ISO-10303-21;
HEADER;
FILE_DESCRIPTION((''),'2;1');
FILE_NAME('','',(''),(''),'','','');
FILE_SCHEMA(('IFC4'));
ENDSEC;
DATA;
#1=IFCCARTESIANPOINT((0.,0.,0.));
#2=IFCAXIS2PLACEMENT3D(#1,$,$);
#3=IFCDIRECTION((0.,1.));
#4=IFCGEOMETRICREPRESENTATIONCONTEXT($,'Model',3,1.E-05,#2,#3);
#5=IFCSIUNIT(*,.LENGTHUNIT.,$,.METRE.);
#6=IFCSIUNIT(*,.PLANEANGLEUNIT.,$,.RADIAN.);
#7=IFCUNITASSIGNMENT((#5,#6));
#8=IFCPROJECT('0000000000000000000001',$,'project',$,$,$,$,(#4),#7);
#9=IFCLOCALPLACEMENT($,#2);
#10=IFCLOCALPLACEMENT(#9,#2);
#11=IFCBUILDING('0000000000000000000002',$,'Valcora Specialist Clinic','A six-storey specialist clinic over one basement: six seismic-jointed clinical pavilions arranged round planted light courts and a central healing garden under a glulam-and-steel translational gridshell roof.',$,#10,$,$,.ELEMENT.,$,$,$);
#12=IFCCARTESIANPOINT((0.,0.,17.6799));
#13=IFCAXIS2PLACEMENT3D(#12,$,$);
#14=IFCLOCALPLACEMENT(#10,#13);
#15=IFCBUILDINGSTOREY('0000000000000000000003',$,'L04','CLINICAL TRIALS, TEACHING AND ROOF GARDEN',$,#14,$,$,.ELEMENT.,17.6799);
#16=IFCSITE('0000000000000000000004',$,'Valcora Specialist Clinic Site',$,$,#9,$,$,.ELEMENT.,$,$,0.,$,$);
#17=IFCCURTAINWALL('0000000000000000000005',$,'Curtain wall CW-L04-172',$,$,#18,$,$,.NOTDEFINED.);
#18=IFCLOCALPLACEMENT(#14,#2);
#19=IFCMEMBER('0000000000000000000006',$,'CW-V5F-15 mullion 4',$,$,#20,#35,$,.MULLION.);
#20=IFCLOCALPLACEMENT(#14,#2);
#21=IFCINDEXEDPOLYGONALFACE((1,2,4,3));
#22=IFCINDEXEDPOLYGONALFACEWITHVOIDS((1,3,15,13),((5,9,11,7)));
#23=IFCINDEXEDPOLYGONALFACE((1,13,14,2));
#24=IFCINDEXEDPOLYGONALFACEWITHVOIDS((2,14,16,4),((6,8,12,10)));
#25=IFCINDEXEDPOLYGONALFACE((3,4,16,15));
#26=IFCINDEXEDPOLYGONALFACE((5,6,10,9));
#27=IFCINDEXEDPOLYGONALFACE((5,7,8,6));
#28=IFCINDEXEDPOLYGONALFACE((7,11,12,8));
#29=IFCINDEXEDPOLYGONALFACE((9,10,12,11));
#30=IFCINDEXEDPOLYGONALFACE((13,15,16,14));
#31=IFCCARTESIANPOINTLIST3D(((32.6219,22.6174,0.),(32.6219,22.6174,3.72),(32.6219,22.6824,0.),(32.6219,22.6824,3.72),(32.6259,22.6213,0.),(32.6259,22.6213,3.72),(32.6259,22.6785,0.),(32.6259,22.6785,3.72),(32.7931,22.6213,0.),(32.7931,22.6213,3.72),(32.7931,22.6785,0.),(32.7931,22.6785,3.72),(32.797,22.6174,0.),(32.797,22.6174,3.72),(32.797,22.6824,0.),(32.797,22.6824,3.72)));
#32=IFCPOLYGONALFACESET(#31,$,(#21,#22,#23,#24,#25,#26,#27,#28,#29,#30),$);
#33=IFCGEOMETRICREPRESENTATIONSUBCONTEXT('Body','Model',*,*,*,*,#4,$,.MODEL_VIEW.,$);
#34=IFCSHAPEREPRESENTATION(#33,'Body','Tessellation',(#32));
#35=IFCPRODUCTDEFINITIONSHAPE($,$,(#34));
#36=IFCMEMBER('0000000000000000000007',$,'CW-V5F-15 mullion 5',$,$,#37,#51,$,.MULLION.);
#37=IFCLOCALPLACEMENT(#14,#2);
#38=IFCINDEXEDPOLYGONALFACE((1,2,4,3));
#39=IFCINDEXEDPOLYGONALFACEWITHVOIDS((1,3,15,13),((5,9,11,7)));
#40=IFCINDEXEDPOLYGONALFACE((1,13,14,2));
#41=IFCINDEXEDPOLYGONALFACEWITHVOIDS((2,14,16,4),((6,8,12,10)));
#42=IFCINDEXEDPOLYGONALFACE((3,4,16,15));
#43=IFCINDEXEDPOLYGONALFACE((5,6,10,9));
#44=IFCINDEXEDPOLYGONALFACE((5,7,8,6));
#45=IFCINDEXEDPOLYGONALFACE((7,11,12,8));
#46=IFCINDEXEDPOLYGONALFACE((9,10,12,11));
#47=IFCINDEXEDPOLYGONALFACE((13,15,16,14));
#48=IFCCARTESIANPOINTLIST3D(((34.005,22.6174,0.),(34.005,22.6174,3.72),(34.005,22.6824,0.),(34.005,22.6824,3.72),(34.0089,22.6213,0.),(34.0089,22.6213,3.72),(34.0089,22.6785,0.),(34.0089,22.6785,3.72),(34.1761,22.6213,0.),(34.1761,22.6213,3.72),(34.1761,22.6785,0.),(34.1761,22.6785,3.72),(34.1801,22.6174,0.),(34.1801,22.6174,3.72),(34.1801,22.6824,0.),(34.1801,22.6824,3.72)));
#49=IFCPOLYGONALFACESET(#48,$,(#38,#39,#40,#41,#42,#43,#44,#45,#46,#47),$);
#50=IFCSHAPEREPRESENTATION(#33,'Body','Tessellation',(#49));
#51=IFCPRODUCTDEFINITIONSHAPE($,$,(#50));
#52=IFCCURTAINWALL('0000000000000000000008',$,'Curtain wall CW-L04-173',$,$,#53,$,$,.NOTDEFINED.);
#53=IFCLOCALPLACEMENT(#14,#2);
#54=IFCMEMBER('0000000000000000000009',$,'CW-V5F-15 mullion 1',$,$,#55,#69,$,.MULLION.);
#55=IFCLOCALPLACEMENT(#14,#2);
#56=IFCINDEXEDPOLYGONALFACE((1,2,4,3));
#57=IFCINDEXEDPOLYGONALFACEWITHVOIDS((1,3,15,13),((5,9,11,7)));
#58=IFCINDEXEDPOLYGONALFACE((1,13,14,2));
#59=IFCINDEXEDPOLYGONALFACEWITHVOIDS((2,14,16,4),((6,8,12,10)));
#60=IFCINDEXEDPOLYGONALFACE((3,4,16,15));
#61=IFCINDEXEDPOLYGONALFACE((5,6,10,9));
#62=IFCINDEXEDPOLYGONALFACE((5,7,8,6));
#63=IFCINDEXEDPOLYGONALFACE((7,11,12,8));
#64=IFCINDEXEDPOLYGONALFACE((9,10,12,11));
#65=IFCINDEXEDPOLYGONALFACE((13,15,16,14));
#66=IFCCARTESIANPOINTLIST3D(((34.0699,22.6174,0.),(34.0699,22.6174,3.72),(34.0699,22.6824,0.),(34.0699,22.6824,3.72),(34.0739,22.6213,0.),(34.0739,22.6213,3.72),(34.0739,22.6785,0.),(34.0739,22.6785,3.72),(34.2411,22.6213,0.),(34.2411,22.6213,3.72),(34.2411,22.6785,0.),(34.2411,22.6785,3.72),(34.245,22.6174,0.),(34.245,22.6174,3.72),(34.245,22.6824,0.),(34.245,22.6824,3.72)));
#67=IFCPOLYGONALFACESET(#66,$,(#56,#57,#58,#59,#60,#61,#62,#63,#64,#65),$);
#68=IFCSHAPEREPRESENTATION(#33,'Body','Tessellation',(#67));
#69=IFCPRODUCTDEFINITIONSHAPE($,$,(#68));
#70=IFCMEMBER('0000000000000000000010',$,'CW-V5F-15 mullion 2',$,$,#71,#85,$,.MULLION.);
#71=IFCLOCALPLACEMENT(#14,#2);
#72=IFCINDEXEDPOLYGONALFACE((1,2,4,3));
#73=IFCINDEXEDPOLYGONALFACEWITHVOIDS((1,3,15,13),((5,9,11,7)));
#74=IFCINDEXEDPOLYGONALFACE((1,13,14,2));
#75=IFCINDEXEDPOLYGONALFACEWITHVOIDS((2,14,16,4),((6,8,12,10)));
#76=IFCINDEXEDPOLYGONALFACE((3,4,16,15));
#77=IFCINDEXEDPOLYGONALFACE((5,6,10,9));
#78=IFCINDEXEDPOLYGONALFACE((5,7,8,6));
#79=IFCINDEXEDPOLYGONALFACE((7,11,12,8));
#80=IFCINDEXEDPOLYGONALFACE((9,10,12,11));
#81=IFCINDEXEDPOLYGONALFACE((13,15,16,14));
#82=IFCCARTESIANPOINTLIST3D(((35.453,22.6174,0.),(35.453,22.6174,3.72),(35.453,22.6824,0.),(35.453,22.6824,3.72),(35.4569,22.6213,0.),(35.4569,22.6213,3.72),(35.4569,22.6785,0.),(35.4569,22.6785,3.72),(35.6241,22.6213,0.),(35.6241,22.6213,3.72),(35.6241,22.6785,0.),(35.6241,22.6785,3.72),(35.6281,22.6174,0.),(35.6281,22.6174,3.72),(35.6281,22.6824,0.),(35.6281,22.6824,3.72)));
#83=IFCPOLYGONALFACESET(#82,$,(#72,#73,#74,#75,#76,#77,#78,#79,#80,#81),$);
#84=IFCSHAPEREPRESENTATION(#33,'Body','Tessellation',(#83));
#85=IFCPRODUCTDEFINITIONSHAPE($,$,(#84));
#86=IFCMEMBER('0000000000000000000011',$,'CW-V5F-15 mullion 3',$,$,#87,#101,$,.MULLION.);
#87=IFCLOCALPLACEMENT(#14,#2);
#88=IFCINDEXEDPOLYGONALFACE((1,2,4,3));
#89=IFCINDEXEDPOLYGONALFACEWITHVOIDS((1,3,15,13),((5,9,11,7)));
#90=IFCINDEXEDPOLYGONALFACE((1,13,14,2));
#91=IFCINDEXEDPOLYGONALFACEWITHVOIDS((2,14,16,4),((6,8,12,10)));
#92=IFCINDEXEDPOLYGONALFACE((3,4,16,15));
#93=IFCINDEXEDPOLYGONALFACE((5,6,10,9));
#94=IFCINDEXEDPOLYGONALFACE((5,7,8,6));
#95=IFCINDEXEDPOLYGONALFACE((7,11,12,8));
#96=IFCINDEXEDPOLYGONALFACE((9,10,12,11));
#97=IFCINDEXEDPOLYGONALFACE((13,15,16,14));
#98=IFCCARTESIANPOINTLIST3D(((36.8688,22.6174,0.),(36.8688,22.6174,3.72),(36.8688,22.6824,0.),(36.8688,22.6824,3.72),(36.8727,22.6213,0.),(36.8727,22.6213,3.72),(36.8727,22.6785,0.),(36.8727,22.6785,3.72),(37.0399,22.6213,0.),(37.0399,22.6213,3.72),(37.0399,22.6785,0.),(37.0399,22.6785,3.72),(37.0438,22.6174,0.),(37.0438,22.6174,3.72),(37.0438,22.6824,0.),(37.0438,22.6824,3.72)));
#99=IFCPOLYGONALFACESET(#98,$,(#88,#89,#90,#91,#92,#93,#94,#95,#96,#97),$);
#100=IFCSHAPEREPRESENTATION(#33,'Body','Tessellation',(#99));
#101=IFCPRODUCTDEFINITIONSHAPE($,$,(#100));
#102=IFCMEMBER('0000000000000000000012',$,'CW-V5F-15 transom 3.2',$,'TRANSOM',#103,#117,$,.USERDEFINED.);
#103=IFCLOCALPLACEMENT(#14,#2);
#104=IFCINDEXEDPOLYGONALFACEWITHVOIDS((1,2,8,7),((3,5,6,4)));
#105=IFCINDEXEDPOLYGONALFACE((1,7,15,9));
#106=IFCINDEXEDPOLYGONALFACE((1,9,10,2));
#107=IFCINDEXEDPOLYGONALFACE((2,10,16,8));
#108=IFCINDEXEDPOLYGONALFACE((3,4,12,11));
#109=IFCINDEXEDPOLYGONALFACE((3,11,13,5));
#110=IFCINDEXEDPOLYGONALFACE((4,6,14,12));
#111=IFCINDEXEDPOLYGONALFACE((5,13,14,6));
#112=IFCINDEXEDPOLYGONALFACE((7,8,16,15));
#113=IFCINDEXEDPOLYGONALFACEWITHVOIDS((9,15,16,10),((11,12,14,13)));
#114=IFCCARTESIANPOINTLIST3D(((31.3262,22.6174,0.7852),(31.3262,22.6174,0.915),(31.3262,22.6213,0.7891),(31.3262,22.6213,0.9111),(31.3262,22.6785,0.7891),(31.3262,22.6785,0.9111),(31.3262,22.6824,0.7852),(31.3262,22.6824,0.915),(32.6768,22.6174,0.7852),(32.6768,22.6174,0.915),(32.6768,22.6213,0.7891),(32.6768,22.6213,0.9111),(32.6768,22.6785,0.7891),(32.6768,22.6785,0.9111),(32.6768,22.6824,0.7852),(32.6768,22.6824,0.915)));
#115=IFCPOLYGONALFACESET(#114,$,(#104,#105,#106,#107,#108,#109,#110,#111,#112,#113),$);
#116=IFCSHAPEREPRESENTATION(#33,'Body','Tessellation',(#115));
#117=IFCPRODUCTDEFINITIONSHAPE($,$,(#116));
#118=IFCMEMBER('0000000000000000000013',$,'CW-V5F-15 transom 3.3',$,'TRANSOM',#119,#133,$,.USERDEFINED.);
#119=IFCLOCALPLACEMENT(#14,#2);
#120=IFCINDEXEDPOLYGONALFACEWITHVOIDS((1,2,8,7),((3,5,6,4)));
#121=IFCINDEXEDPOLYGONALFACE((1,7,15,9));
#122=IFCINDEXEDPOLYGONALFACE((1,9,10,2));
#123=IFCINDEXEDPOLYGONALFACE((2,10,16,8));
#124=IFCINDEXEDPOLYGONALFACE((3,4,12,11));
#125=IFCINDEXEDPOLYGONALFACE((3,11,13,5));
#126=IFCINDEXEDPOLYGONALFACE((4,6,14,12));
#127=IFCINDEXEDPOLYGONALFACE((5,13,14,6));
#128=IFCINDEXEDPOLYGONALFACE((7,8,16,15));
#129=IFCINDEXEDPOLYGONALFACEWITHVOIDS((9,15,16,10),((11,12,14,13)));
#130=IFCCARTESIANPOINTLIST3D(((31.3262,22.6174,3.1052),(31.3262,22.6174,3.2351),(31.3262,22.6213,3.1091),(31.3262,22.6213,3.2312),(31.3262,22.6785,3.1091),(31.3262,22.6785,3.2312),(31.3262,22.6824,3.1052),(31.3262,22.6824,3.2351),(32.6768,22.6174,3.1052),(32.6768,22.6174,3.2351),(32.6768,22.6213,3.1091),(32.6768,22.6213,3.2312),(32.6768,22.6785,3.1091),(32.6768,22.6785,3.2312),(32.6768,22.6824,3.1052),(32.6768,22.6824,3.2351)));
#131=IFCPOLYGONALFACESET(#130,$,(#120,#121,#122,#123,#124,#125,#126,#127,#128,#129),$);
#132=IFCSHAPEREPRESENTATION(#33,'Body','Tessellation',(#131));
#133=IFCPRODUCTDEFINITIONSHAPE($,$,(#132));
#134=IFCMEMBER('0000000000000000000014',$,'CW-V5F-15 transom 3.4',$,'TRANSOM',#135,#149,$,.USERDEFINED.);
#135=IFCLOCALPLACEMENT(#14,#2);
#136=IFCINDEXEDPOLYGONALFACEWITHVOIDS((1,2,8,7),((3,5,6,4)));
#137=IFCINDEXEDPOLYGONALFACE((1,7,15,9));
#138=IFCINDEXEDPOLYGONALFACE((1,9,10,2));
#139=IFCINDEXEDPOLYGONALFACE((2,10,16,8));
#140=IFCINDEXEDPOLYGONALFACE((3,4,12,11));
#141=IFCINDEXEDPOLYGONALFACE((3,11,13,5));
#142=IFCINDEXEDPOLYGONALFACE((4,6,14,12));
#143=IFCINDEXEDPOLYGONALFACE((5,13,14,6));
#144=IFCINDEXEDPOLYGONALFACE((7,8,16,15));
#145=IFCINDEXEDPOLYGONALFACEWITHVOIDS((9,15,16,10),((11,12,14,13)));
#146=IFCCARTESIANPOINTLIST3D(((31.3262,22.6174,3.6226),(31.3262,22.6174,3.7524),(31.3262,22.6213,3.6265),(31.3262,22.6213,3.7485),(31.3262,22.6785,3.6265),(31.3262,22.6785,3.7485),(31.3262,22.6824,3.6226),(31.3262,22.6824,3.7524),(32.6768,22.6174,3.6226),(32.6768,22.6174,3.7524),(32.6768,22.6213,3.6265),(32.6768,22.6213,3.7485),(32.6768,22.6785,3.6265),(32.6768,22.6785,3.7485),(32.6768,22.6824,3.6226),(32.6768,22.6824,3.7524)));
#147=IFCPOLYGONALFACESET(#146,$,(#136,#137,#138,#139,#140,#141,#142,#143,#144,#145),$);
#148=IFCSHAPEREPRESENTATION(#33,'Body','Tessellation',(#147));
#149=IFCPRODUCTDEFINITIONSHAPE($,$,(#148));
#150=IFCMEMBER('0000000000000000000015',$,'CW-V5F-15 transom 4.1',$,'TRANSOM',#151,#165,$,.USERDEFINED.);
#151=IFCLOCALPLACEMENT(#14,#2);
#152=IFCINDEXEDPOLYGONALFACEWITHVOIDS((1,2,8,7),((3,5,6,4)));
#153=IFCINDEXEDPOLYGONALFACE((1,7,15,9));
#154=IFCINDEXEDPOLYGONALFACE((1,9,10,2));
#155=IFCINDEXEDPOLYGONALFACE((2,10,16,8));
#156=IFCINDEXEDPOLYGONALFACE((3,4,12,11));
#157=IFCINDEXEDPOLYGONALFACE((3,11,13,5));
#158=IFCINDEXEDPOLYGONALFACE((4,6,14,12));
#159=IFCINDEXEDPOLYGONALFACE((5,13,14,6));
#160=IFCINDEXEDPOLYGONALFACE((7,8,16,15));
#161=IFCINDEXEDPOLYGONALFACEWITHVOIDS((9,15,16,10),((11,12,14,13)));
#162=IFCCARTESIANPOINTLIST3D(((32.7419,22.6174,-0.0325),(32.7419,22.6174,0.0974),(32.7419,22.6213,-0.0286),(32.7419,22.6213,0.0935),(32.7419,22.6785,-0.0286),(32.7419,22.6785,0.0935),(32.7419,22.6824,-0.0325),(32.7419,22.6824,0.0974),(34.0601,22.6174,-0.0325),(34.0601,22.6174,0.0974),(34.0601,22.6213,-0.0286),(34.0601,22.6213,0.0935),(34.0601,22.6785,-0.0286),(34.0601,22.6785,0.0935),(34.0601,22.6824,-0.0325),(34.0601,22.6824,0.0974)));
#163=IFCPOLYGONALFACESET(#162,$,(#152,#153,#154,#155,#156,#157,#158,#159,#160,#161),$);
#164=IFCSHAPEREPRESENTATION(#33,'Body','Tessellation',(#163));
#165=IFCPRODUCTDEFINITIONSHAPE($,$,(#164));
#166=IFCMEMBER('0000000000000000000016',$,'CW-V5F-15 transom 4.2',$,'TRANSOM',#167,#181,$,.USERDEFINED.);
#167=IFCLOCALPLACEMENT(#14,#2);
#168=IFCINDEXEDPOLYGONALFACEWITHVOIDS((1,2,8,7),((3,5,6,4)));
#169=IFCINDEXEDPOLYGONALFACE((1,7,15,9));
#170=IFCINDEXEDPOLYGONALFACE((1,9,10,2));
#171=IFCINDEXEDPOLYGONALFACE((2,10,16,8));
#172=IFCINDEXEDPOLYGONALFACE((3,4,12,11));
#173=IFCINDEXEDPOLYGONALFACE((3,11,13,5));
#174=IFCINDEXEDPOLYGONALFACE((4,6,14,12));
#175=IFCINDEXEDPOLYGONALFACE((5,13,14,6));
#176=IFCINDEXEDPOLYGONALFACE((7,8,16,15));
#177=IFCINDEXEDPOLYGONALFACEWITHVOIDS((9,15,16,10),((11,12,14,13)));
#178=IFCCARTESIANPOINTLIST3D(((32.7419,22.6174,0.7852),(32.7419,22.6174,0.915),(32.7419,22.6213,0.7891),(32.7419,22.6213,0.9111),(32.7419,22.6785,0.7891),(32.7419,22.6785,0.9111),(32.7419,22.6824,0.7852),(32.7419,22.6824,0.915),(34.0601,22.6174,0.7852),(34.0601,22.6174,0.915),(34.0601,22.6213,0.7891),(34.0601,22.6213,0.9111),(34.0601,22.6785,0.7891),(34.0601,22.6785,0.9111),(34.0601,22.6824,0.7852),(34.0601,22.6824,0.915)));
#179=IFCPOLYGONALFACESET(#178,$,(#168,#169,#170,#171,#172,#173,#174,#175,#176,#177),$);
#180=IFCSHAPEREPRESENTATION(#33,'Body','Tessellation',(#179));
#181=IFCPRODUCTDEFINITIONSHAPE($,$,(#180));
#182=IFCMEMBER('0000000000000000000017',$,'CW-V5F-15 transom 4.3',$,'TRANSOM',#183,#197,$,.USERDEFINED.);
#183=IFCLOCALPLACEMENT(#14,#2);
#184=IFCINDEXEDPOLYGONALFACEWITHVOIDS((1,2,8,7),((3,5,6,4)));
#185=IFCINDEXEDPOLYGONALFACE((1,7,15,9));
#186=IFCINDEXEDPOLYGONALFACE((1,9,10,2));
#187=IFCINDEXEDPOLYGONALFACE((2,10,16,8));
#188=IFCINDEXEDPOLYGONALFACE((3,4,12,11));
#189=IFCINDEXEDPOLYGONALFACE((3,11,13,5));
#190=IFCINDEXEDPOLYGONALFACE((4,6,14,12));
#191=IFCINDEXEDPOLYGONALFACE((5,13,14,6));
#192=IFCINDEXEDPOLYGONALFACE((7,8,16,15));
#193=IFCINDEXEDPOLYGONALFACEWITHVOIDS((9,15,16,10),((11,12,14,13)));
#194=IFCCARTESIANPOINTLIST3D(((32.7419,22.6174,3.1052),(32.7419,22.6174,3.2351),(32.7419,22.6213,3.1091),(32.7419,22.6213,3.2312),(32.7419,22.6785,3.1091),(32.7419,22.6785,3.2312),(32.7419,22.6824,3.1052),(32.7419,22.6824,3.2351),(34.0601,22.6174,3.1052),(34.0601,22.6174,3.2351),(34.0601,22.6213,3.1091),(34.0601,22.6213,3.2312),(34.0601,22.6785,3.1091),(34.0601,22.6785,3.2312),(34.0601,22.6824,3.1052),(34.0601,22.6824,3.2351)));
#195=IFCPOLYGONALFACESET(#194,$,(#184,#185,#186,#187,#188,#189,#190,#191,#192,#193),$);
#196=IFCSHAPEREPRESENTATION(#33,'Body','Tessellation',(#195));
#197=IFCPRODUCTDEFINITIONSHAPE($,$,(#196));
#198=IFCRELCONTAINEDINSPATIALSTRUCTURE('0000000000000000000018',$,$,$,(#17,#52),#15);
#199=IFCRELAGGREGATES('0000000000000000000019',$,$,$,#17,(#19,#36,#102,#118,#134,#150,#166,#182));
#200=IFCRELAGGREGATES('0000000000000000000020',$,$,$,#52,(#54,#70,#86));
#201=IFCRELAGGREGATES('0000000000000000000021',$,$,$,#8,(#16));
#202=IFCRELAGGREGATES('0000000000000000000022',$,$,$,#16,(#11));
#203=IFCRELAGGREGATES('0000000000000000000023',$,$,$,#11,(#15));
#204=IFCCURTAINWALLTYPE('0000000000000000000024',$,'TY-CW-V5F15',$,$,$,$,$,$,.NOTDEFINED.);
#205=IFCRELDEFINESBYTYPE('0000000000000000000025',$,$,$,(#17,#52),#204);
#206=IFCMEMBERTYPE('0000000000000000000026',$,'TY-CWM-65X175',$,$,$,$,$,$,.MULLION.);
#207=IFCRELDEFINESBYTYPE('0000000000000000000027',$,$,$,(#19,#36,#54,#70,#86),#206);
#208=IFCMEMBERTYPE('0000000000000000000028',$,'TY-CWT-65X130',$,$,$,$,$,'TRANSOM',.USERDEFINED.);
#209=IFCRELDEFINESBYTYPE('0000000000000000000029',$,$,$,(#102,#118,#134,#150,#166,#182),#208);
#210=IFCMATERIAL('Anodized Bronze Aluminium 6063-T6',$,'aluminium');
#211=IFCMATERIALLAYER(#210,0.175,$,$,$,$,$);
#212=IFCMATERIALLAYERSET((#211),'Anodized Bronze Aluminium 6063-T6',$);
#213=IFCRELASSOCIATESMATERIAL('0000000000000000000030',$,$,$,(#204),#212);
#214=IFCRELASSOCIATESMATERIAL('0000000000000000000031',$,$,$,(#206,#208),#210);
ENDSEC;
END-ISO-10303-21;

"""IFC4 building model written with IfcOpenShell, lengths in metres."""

from ifc_helpers import new_model, si_unit, direction, frame, origin, origin_2d, place, context, subcontext, project, spatial, hollow_rectangle, extrude, material, layer, layer_set, material_profile, profile_set, type_object, element, aggregate, save


model = new_model("IFC4")

# Units and contexts
model_context = context("Model", 3, precision=1e-05, world=origin(), true_north=direction((0.0, 1.0)))
body_context = subcontext(model_context, "Body", "Model", "MODEL_VIEW")
ifc_project = project(units=[si_unit("LENGTHUNIT", "METRE"), si_unit("PLANEANGLEUNIT", "RADIAN")], contexts=[model_context])

# Site, building, storey
site_placement = place(None, origin())
site = spatial("IfcSite", under=ifc_project, at=site_placement, Name="Valcora Specialist Clinic Site", CompositionType="ELEMENT", RefElevation=0.0)
building_placement = place(site_placement, origin())
building = spatial("IfcBuilding", under=site, at=building_placement, Name="Valcora Specialist Clinic", Description="A six-storey specialist clinic over one basement: six seismic-jointed clinical pavilions arranged round planted light courts and a central healing garden under a glulam-and-steel translational gridshell roof.", CompositionType="ELEMENT")
storey_placement = place(building_placement, frame((0.0, 0.0, 17.6799)))
storey = spatial("IfcBuildingStorey", under=building, at=storey_placement, Name="L04", Description="CLINICAL TRIALS, TEACHING AND ROOF GARDEN", CompositionType="ELEMENT", Elevation=17.6799)

# Curtain walls, members
ifc_material_1 = material(Name="Anodized Bronze Aluminium 6063-T6", Category="aluminium")
ifc_layer_1 = layer(ifc_material_1, 0.175)
ifc_layer_set_1 = layer_set([ifc_layer_1], Name="Anodized Bronze Aluminium 6063-T6")
curtain_wall_type = type_object("IfcCurtainWallType", Name="TY-CW-V5F15", PredefinedType="NOTDEFINED", material=ifc_layer_set_1)
curtain_wall_1_placement = place(storey_placement, origin())
curtain_wall_1 = element("IfcCurtainWall", 1, at=curtain_wall_1_placement, inside=storey, type_object=curtain_wall_type, Name="Curtain wall CW-L04-172", PredefinedType="NOTDEFINED")
ifc_material_profile_1 = material_profile(ifc_material_1, hollow_rectangle(XDim=0.0649, YDim=0.175, WallThickness=0.0039, at=origin_2d()), Name="AL-MUL-65X175")
ifc_profile_set_1 = profile_set([ifc_material_profile_1], Name="Anodized Bronze Aluminium 6063-T6")
member_type_1 = type_object("IfcMemberType", Name="TY-CWM-65X175", PredefinedType="MULLION", material=ifc_profile_set_1)
member_1_placement = place(storey_placement, frame((32.7095, 22.6499, 0.0), z_axis=(0.0, 0.0, 1.0), x_axis=(0.0, 1.0, 0.0)))
member_1 = element("IfcMember", 2, at=member_1_placement, type_object=member_type_1, Name="CW-V5F-15 mullion 4", PredefinedType="MULLION", context=body_context, shape_type="SweptSolid", body=[
    extrude(hollow_rectangle(XDim=0.0649, YDim=0.175, WallThickness=0.0039, at=origin_2d()), origin(), (0.0, 0.0, 1.0), 3.72),
])
member_2_placement = place(storey_placement, frame((34.0925, 22.6499, 0.0), z_axis=(0.0, 0.0, 1.0), x_axis=(0.0, 1.0, 0.0)))
member_2 = element("IfcMember", 3, at=member_2_placement, type_object=member_type_1, Name="CW-V5F-15 mullion 5", PredefinedType="MULLION", context=body_context, shape_type="SweptSolid", body=[
    extrude(hollow_rectangle(XDim=0.0649, YDim=0.175, WallThickness=0.0039, at=origin_2d()), origin(), (0.0, 0.0, 1.0), 3.72),
])
curtain_wall_2_placement = place(storey_placement, origin())
curtain_wall_2 = element("IfcCurtainWall", 4, at=curtain_wall_2_placement, inside=storey, type_object=curtain_wall_type, Name="Curtain wall CW-L04-173", PredefinedType="NOTDEFINED")
member_3_placement = place(storey_placement, frame((34.1575, 22.6499, 0.0), z_axis=(0.0, 0.0, 1.0), x_axis=(0.0, 1.0, 0.0)))
member_3 = element("IfcMember", 5, at=member_3_placement, type_object=member_type_1, Name="CW-V5F-15 mullion 1", PredefinedType="MULLION", context=body_context, shape_type="SweptSolid", body=[
    extrude(hollow_rectangle(XDim=0.0649, YDim=0.175, WallThickness=0.0039, at=origin_2d()), origin(), (0.0, 0.0, 1.0), 3.72),
])
member_4_placement = place(storey_placement, frame((35.5405, 22.6499, 0.0), z_axis=(0.0, 0.0, 1.0), x_axis=(0.0, 1.0, 0.0)))
member_4 = element("IfcMember", 6, at=member_4_placement, type_object=member_type_1, Name="CW-V5F-15 mullion 2", PredefinedType="MULLION", context=body_context, shape_type="SweptSolid", body=[
    extrude(hollow_rectangle(XDim=0.0649, YDim=0.175, WallThickness=0.0039, at=origin_2d()), origin(), (0.0, 0.0, 1.0), 3.72),
])
member_5_placement = place(storey_placement, frame((36.9563, 22.6499, 0.0), z_axis=(0.0, 0.0, 1.0), x_axis=(0.0, 1.0, 0.0)))
member_5 = element("IfcMember", 7, at=member_5_placement, type_object=member_type_1, Name="CW-V5F-15 mullion 3", PredefinedType="MULLION", context=body_context, shape_type="SweptSolid", body=[
    extrude(hollow_rectangle(XDim=0.0649, YDim=0.175, WallThickness=0.0039, at=origin_2d()), origin(), (0.0, 0.0, 1.0), 3.72),
])

# Members
ifc_material_profile_2 = material_profile(ifc_material_1, hollow_rectangle(XDim=0.0649, YDim=0.1299, WallThickness=0.0039, at=origin_2d()), Name="AL-TRN-65X130")
ifc_profile_set_2 = profile_set([ifc_material_profile_2], Name="Anodized Bronze Aluminium 6063-T6")
member_type_2 = type_object("IfcMemberType", Name="TY-CWT-65X130", ElementType="TRANSOM", PredefinedType="USERDEFINED", material=ifc_profile_set_2)
member_6_placement = place(storey_placement, frame((31.3262, 22.6499, 0.8501), z_axis=(1.0, 0.0, 0.0), x_axis=(0.0, 1.0, 0.0)))
member_6 = element("IfcMember", 8, at=member_6_placement, type_object=member_type_2, Name="CW-V5F-15 transom 3.2", ObjectType="TRANSOM", PredefinedType="USERDEFINED", context=body_context, shape_type="SweptSolid", body=[
    extrude(hollow_rectangle(XDim=0.0649, YDim=0.1299, WallThickness=0.0039, at=origin_2d()), origin(), (0.0, 0.0, 1.0), 1.3506),
])
member_7_placement = place(storey_placement, frame((31.3262, 22.6499, 3.1702), z_axis=(1.0, 0.0, 0.0), x_axis=(0.0, 1.0, 0.0)))
member_7 = element("IfcMember", 9, at=member_7_placement, type_object=member_type_2, Name="CW-V5F-15 transom 3.3", ObjectType="TRANSOM", PredefinedType="USERDEFINED", context=body_context, shape_type="SweptSolid", body=[
    extrude(hollow_rectangle(XDim=0.0649, YDim=0.1299, WallThickness=0.0039, at=origin_2d()), origin(), (0.0, 0.0, 1.0), 1.3506),
])
member_8_placement = place(storey_placement, frame((31.3262, 22.6499, 3.6875), z_axis=(1.0, 0.0, 0.0), x_axis=(0.0, 1.0, 0.0)))
member_8 = element("IfcMember", 10, at=member_8_placement, type_object=member_type_2, Name="CW-V5F-15 transom 3.4", ObjectType="TRANSOM", PredefinedType="USERDEFINED", context=body_context, shape_type="SweptSolid", body=[
    extrude(hollow_rectangle(XDim=0.0649, YDim=0.1299, WallThickness=0.0039, at=origin_2d()), origin(), (0.0, 0.0, 1.0), 1.3506),
])
member_9_placement = place(storey_placement, frame((32.7419, 22.6499, 0.0325), z_axis=(1.0, 0.0, 0.0), x_axis=(0.0, 1.0, 0.0)))
member_9 = element("IfcMember", 11, at=member_9_placement, type_object=member_type_2, Name="CW-V5F-15 transom 4.1", ObjectType="TRANSOM", PredefinedType="USERDEFINED", context=body_context, shape_type="SweptSolid", body=[
    extrude(hollow_rectangle(XDim=0.0649, YDim=0.1299, WallThickness=0.0039, at=origin_2d()), origin(), (0.0, 0.0, 1.0), 1.3181),
])
member_10_placement = place(storey_placement, frame((32.7419, 22.6499, 0.8501), z_axis=(1.0, 0.0, 0.0), x_axis=(0.0, 1.0, 0.0)))
member_10 = element("IfcMember", 12, at=member_10_placement, type_object=member_type_2, Name="CW-V5F-15 transom 4.2", ObjectType="TRANSOM", PredefinedType="USERDEFINED", context=body_context, shape_type="SweptSolid", body=[
    extrude(hollow_rectangle(XDim=0.0649, YDim=0.1299, WallThickness=0.0039, at=origin_2d()), origin(), (0.0, 0.0, 1.0), 1.3181),
])
member_11_placement = place(storey_placement, frame((32.7419, 22.6499, 3.1702), z_axis=(1.0, 0.0, 0.0), x_axis=(0.0, 1.0, 0.0)))
member_11 = element("IfcMember", 13, at=member_11_placement, type_object=member_type_2, Name="CW-V5F-15 transom 4.3", ObjectType="TRANSOM", PredefinedType="USERDEFINED", context=body_context, shape_type="SweptSolid", body=[
    extrude(hollow_rectangle(XDim=0.0649, YDim=0.1299, WallThickness=0.0039, at=origin_2d()), origin(), (0.0, 0.0, 1.0), 1.3181),
])

aggregate(curtain_wall_1, [member_1, member_2, member_6, member_7, member_8, member_9, member_10, member_11])
aggregate(curtain_wall_2, [member_3, member_4, member_5])

save(model, "model.ifc")
